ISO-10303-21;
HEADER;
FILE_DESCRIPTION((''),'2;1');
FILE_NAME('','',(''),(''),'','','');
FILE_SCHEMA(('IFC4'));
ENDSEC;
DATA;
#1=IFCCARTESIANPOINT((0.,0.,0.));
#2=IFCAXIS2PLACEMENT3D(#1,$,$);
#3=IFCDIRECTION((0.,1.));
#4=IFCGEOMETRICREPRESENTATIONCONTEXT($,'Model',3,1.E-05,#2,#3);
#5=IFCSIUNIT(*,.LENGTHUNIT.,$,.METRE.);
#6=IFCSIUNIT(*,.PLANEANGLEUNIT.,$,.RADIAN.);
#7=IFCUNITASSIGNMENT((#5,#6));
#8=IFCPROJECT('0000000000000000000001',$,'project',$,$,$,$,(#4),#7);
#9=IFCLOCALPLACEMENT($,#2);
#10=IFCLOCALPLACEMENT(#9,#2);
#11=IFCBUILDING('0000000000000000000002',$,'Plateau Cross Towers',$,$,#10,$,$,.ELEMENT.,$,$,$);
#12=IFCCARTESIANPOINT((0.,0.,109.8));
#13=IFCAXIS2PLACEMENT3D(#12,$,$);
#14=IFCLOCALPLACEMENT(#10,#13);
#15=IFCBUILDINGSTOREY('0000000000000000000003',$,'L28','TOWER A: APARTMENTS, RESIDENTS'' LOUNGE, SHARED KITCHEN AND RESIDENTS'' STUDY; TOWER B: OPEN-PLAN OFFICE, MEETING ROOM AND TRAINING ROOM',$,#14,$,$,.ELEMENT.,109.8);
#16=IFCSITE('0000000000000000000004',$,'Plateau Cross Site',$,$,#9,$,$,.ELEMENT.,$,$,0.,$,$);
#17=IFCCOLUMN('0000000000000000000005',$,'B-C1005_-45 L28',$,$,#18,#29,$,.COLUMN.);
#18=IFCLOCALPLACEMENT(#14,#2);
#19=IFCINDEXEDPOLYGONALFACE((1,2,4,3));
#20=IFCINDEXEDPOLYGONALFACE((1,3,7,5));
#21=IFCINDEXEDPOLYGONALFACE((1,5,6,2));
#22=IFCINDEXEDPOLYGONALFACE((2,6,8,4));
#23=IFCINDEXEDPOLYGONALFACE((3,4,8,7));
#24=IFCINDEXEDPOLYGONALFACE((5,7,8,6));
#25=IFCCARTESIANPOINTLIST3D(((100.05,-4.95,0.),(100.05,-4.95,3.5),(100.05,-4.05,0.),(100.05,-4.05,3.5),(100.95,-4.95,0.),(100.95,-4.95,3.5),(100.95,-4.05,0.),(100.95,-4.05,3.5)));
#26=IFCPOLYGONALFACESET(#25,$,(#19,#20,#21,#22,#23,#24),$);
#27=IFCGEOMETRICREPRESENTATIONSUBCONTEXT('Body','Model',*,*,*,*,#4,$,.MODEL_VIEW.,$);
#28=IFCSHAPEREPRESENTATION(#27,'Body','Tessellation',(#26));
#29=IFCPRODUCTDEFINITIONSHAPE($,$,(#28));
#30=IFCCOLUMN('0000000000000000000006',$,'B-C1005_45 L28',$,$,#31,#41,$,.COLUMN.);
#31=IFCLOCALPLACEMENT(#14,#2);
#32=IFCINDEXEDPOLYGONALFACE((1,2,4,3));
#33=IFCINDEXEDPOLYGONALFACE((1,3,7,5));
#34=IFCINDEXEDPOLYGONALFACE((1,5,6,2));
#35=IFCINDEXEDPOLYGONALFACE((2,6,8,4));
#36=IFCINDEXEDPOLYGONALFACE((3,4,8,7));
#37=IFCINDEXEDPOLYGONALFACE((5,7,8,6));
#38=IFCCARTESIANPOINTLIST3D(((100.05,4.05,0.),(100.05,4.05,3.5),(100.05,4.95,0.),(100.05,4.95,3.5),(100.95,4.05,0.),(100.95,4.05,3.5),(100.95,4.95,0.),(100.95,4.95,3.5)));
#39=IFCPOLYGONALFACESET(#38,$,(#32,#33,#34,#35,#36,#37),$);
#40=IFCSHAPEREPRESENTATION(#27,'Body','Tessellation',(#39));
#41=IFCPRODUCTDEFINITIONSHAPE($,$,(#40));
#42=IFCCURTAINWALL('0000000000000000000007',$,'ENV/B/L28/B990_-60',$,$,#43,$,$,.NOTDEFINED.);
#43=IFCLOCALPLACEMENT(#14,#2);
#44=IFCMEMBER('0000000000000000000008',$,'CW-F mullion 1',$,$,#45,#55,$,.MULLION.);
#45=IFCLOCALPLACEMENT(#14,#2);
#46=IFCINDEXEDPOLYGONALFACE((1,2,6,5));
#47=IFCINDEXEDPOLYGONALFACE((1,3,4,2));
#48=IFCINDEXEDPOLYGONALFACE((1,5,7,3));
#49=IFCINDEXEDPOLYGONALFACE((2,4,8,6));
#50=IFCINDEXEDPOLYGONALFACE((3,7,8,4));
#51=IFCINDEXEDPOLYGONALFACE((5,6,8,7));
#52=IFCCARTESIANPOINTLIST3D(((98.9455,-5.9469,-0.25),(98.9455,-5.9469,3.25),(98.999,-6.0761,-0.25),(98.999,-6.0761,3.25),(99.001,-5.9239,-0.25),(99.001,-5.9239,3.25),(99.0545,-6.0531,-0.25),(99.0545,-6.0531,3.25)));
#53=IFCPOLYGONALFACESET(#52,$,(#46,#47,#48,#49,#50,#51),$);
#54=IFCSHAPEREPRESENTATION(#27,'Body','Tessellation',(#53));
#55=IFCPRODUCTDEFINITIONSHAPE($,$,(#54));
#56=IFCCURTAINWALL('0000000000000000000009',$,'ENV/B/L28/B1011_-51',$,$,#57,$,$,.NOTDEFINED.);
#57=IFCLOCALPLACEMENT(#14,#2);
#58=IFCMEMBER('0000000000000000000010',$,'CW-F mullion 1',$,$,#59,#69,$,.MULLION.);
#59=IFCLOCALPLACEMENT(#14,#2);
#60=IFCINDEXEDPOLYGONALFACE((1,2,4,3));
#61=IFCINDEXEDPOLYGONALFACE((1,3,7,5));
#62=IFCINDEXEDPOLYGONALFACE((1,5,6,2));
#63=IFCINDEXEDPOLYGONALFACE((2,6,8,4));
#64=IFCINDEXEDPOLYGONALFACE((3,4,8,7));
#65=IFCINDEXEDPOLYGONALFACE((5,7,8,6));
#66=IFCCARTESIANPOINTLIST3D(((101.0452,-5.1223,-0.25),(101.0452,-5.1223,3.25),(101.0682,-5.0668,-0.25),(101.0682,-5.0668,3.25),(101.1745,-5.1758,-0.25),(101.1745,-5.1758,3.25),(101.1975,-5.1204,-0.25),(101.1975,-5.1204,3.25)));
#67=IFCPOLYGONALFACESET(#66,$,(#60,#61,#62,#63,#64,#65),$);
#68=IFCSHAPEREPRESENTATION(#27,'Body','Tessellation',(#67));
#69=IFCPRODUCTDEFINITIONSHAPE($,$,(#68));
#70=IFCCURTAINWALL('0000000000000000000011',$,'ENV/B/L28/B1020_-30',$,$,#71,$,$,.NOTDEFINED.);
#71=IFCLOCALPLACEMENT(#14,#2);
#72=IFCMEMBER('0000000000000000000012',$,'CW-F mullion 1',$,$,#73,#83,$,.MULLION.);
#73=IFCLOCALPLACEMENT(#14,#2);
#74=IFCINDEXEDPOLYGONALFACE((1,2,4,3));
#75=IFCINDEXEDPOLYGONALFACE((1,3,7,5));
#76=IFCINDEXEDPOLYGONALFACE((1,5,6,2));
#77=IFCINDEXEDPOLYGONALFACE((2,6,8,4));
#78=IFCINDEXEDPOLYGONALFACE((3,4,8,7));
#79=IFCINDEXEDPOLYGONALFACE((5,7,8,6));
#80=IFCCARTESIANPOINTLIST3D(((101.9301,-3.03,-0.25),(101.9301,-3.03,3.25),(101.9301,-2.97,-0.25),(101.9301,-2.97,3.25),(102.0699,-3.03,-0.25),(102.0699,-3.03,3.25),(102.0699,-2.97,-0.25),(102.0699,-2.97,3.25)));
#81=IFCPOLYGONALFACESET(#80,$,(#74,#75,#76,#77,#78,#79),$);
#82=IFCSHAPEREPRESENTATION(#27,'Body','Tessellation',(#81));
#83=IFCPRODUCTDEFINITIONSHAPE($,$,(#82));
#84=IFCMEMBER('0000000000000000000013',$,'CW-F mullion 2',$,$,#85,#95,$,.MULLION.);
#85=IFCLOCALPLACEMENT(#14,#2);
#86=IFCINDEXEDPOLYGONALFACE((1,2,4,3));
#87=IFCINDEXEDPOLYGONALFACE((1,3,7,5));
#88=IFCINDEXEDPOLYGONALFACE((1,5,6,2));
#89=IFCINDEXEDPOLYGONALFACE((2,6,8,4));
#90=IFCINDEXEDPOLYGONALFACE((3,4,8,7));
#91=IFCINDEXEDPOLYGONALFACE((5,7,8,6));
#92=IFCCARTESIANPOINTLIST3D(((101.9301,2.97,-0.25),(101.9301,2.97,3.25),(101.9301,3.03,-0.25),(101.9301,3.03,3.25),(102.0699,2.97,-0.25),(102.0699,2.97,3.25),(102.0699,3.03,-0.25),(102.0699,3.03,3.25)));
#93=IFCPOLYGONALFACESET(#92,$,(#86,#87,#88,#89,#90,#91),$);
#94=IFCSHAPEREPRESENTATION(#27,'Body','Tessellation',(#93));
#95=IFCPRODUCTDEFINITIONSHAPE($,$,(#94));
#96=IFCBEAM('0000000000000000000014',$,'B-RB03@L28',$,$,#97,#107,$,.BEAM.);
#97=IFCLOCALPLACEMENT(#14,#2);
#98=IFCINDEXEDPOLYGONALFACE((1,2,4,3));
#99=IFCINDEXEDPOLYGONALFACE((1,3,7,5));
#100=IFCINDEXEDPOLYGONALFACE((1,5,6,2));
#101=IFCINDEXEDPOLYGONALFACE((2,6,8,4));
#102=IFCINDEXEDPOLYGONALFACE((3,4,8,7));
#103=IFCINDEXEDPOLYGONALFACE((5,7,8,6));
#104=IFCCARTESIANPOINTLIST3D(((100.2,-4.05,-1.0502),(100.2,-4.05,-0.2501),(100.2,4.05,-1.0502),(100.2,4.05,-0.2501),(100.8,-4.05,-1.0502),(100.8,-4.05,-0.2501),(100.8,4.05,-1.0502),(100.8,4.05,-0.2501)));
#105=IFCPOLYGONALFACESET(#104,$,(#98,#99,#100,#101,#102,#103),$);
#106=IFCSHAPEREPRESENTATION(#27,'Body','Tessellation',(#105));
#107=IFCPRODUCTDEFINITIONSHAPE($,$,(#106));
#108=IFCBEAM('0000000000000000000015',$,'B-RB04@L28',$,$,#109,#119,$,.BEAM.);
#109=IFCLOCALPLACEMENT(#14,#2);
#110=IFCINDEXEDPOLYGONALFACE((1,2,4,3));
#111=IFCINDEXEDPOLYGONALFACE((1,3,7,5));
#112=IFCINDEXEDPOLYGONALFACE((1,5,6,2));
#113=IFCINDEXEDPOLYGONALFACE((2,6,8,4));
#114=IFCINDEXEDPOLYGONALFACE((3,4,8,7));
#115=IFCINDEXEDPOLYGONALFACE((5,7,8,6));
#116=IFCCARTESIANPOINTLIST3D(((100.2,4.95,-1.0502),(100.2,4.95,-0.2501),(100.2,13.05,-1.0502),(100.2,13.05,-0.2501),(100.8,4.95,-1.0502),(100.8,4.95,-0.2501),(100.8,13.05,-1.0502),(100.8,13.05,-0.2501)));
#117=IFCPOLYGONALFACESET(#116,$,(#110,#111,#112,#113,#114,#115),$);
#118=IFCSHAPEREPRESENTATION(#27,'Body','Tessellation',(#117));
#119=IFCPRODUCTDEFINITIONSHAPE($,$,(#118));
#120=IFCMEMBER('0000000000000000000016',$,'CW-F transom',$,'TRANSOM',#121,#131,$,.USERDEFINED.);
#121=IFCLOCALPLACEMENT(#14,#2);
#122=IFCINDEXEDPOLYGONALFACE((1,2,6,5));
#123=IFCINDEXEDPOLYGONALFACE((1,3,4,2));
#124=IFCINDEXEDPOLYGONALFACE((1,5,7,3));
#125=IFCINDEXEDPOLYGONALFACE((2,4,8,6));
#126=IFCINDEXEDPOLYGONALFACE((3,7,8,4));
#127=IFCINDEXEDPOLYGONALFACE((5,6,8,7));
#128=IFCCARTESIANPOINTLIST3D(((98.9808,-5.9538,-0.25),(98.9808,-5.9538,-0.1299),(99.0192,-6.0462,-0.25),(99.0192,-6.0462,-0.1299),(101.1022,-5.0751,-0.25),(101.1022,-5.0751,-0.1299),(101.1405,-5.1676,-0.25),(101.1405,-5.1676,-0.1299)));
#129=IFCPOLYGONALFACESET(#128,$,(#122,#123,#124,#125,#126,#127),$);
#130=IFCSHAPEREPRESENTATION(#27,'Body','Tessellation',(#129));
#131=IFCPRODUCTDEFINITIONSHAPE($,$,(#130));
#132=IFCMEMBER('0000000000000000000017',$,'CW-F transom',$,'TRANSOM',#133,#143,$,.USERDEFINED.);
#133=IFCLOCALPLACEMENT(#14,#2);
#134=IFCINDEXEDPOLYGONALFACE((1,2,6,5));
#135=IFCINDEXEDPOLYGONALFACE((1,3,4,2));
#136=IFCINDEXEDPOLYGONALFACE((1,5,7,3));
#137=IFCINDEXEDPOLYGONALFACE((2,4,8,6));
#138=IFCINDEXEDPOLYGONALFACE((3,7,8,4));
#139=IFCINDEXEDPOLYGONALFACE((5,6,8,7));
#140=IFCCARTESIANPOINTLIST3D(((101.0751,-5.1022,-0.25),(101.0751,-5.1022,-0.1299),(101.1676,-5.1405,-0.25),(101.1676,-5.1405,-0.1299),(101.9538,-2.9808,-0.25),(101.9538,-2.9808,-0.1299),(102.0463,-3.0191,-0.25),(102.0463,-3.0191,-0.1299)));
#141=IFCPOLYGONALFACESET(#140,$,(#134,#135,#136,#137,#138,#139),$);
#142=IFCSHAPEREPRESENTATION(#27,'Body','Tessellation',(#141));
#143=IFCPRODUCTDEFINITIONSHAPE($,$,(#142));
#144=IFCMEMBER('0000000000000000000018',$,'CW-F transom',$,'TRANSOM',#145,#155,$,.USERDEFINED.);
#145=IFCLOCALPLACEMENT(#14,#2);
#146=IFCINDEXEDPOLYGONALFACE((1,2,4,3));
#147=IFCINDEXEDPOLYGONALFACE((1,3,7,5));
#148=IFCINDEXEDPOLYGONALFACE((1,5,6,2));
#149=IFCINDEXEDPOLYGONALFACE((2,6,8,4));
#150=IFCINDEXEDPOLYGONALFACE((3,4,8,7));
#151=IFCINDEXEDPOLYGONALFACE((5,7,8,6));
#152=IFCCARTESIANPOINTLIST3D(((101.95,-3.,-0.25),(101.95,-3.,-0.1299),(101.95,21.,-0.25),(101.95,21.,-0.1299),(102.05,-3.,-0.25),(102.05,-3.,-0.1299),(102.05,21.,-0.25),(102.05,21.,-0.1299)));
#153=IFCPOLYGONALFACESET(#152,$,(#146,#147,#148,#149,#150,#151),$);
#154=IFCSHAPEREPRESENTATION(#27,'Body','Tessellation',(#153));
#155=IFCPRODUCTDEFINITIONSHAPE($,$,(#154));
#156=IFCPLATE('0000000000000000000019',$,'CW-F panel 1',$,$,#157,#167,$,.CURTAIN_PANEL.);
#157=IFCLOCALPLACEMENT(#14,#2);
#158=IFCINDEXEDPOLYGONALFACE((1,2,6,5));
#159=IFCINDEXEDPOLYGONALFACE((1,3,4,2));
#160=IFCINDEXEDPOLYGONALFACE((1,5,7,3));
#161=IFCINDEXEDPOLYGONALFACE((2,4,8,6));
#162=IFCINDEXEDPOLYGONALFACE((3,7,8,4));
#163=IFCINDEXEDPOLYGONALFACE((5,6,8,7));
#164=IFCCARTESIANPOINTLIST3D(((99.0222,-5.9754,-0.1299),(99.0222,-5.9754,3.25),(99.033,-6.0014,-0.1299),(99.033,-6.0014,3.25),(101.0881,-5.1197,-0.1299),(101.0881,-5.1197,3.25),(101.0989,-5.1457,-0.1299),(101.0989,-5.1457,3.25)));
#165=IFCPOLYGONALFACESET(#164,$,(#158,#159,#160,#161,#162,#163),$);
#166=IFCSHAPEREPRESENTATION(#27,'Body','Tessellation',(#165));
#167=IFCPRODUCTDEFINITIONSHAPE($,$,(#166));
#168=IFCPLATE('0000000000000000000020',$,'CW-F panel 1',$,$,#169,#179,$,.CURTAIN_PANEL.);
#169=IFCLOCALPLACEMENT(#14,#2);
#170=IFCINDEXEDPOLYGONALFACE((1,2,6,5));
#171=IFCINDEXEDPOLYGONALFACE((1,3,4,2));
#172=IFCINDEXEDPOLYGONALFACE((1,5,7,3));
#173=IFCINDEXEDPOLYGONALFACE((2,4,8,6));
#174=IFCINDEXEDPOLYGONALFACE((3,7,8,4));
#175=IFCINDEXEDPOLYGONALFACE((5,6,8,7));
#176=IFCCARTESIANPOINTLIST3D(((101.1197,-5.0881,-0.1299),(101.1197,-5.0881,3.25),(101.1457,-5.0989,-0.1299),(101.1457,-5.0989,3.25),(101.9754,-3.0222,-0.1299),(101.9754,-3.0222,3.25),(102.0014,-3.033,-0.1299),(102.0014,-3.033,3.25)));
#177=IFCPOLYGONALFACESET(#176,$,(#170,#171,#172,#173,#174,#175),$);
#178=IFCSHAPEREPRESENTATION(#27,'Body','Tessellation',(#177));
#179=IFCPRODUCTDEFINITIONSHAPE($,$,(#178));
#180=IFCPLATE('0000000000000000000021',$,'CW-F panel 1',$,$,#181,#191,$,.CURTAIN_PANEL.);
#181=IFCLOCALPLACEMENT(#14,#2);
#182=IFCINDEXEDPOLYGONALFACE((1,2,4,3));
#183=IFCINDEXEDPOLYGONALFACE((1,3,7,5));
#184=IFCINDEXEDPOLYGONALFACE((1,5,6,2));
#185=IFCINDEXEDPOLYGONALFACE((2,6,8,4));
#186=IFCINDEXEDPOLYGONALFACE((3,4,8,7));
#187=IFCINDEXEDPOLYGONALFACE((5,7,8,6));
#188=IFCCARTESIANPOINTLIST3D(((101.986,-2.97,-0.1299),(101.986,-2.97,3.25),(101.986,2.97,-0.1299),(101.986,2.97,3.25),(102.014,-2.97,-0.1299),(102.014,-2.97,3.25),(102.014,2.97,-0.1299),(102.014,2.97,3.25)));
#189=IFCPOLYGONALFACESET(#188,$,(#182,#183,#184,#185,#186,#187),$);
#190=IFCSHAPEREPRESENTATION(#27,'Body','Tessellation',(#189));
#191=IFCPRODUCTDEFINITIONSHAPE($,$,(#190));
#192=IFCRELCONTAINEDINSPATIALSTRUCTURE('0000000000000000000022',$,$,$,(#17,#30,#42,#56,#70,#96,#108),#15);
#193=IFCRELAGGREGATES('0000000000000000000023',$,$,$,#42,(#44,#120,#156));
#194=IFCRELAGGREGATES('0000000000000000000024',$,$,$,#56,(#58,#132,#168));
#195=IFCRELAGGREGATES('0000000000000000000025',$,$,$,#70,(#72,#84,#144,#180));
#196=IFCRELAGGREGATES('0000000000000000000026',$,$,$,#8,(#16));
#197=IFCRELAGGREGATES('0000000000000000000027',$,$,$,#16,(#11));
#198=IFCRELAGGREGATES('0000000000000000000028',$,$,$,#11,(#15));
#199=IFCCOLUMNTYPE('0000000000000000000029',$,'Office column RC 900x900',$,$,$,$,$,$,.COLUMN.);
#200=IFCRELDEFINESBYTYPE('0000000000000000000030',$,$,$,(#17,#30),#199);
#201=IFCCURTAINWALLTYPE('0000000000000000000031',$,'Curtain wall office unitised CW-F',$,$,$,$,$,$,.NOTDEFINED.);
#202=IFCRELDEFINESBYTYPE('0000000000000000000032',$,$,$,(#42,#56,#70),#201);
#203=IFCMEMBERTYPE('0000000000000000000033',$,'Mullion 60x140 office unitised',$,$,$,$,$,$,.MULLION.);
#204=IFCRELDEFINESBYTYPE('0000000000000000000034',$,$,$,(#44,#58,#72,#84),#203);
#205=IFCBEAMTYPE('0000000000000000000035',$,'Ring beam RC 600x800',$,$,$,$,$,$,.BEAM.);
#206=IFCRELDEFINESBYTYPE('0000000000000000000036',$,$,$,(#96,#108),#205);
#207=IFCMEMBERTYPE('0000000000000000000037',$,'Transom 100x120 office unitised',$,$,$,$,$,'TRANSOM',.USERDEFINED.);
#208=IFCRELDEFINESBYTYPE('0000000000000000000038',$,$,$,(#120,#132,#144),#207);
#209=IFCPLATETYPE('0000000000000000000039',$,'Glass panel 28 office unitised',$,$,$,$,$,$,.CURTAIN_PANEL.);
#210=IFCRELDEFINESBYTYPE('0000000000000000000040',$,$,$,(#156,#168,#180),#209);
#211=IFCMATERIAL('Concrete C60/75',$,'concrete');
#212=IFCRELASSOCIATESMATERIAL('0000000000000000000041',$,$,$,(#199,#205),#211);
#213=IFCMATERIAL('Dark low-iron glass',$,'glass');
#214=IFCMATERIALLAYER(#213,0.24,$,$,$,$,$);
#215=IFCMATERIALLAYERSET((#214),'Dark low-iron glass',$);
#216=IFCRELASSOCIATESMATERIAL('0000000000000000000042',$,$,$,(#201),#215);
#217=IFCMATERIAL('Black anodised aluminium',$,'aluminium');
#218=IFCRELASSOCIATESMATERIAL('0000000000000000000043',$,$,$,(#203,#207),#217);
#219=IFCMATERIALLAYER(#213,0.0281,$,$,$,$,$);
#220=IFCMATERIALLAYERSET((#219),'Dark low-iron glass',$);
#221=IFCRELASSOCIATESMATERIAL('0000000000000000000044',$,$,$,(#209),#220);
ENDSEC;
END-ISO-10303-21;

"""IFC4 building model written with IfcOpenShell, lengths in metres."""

from ifc_helpers import new_model, si_unit, direction, frame, origin, origin_2d, place, context, subcontext, project, spatial, rectangle, extrude, material, layer, layer_set, material_profile, profile_set, type_object, element, aggregate, save


model = new_model("IFC4")

# Units and contexts
model_context = context("Model", 3, precision=1e-05, world=origin(), true_north=direction((0.0, 1.0)))
body_context = subcontext(model_context, "Body", "Model", "MODEL_VIEW")
ifc_project = project(units=[si_unit("LENGTHUNIT", "METRE"), si_unit("PLANEANGLEUNIT", "RADIAN")], contexts=[model_context])

# Site, building, storey
site_placement = place(None, origin())
site = spatial("IfcSite", under=ifc_project, at=site_placement, Name="Plateau Cross Site", CompositionType="ELEMENT", RefElevation=0.0)
building_placement = place(site_placement, origin())
building = spatial("IfcBuilding", under=site, at=building_placement, Name="Plateau Cross Towers", CompositionType="ELEMENT")
storey_placement = place(building_placement, frame((0.0, 0.0, 109.8)))
storey = spatial("IfcBuildingStorey", under=building, at=storey_placement, Name="L28", Description="TOWER A: APARTMENTS, RESIDENTS' LOUNGE, SHARED KITCHEN AND RESIDENTS' STUDY; TOWER B: OPEN-PLAN OFFICE, MEETING ROOM AND TRAINING ROOM", CompositionType="ELEMENT", Elevation=109.8)

# Columns
ifc_material_1 = material(Name="Concrete C60/75", Category="concrete")
ifc_material_profile_1 = material_profile(ifc_material_1, rectangle(XDim=0.8999, YDim=0.8999, at=origin_2d()), Name="RC 900x900")
ifc_profile_set_1 = profile_set([ifc_material_profile_1], Name="Concrete C60/75")
column_type = type_object("IfcColumnType", Name="Office column RC 900x900", PredefinedType="COLUMN", material=ifc_profile_set_1)
for number, where, z_axis, x_axis, name in (
    (1, (100.5, -4.5, 0.0), (0.0, 0.0, 1.0), (1.0, 0.0, 0.0), "B-C1005_-45 L28"),
    (2, (100.5, 4.5, 0.0), (0.0, 0.0, 1.0), (1.0, 0.0, 0.0), "B-C1005_45 L28"),
):
    element("IfcColumn", number, at=place(storey_placement, frame(where, z_axis=z_axis, x_axis=x_axis)), inside=storey, type_object=column_type, Name=name, PredefinedType="COLUMN", context=body_context, shape_type="SweptSolid", body=[
        extrude(rectangle(XDim=0.8999, YDim=0.8999, at=origin_2d()), origin(), (0.0, 0.0, 1.0), 3.5),
    ])

# Curtain walls, members
ifc_material_2 = material(Name="Dark low-iron glass", Category="glass")
ifc_layer_1 = layer(ifc_material_2, 0.24)
ifc_layer_set_1 = layer_set([ifc_layer_1], Name="Dark low-iron glass")
curtain_wall_type = type_object("IfcCurtainWallType", Name="Curtain wall office unitised CW-F", PredefinedType="NOTDEFINED", material=ifc_layer_set_1)
curtain_wall_1_placement = place(storey_placement, origin())
curtain_wall_1 = element("IfcCurtainWall", 3, at=curtain_wall_1_placement, inside=storey, type_object=curtain_wall_type, Name="ENV/B/L28/B990_-60", PredefinedType="NOTDEFINED")
ifc_material_3 = material(Name="Black anodised aluminium", Category="aluminium")
ifc_material_profile_2 = material_profile(ifc_material_3, rectangle(XDim=0.0601, YDim=0.1399, at=origin_2d()), Name="MULLION 60x140")
ifc_profile_set_2 = profile_set([ifc_material_profile_2], Name="Black anodised aluminium")
member_type_1 = type_object("IfcMemberType", Name="Mullion 60x140 office unitised", PredefinedType="MULLION", material=ifc_profile_set_2)
member_1_placement = place(storey_placement, frame((99.0, -6.0, -0.25), z_axis=(0.0, 0.0, 1.0), x_axis=(0.923879, 0.382684, 0.0)))
member_1 = element("IfcMember", 4, at=member_1_placement, type_object=member_type_1, Name="CW-F mullion 1", PredefinedType="MULLION", context=body_context, shape_type="SweptSolid", body=[
    extrude(rectangle(XDim=0.0601, YDim=0.1399, at=origin_2d()), origin(), (0.0, 0.0, 1.0), 3.5),
])
curtain_wall_2_placement = place(storey_placement, origin())
curtain_wall_2 = element("IfcCurtainWall", 5, at=curtain_wall_2_placement, inside=storey, type_object=curtain_wall_type, Name="ENV/B/L28/B1011_-51", PredefinedType="NOTDEFINED")
member_2_placement = place(storey_placement, frame((101.1213, -5.1213, -0.25), z_axis=(0.0, 0.0, 1.0), x_axis=(0.382684, 0.923879, 0.0)))
member_2 = element("IfcMember", 6, at=member_2_placement, type_object=member_type_1, Name="CW-F mullion 1", PredefinedType="MULLION", context=body_context, shape_type="SweptSolid", body=[
    extrude(rectangle(XDim=0.0601, YDim=0.1399, at=origin_2d()), origin(), (0.0, 0.0, 1.0), 3.5),
])

# Curtain wall, members
curtain_wall_3_placement = place(storey_placement, origin())
curtain_wall_3 = element("IfcCurtainWall", 7, at=curtain_wall_3_placement, inside=storey, type_object=curtain_wall_type, Name="ENV/B/L28/B1020_-30", PredefinedType="NOTDEFINED")
member_3_placement = place(storey_placement, frame((102.0, -3.0, -0.25), z_axis=(0.0, 0.0, 1.0), x_axis=(0.0, 1.0, 0.0)))
member_3 = element("IfcMember", 8, at=member_3_placement, type_object=member_type_1, Name="CW-F mullion 1", PredefinedType="MULLION", context=body_context, shape_type="SweptSolid", body=[
    extrude(rectangle(XDim=0.0601, YDim=0.1399, at=origin_2d()), origin(), (0.0, 0.0, 1.0), 3.5),
])
member_4_placement = place(storey_placement, frame((102.0, 3.0, -0.25), z_axis=(0.0, 0.0, 1.0), x_axis=(0.0, 1.0, 0.0)))
member_4 = element("IfcMember", 9, at=member_4_placement, type_object=member_type_1, Name="CW-F mullion 2", PredefinedType="MULLION", context=body_context, shape_type="SweptSolid", body=[
    extrude(rectangle(XDim=0.0601, YDim=0.1399, at=origin_2d()), origin(), (0.0, 0.0, 1.0), 3.5),
])

# Beams
ifc_material_profile_3 = material_profile(ifc_material_1, rectangle(XDim=0.6001, YDim=0.8, at=origin_2d()), Name="RC 600x800")
ifc_profile_set_3 = profile_set([ifc_material_profile_3], Name="Concrete C60/75")
beam_type = type_object("IfcBeamType", Name="Ring beam RC 600x800", PredefinedType="BEAM", material=ifc_profile_set_3)
for number, where, z_axis, x_axis, name in (
    (10, (100.5, -4.05, -0.6501), (0.0, 1.0, 0.0), (-1.0, 0.0, 0.0), "B-RB03@L28"),
    (11, (100.5, 4.95, -0.6501), (0.0, 1.0, 0.0), (-1.0, 0.0, 0.0), "B-RB04@L28"),
):
    element("IfcBeam", number, at=place(storey_placement, frame(where, z_axis=z_axis, x_axis=x_axis)), inside=storey, type_object=beam_type, Name=name, PredefinedType="BEAM", context=body_context, shape_type="SweptSolid", body=[
        extrude(rectangle(XDim=0.6001, YDim=0.8, at=origin_2d()), origin(), (0.0, 0.0, 1.0), 8.1001),
    ])

# Members
ifc_material_profile_4 = material_profile(ifc_material_3, rectangle(XDim=0.1001, YDim=0.1201, at=origin_2d()), Name="TRANSOM 100x120")
ifc_profile_set_4 = profile_set([ifc_material_profile_4], Name="Black anodised aluminium")
member_type_2 = type_object("IfcMemberType", Name="Transom 100x120 office unitised", ElementType="TRANSOM", PredefinedType="USERDEFINED", material=ifc_profile_set_4)
member_5_placement = place(storey_placement, frame((99.0, -6.0, -0.1899), z_axis=(0.923883, 0.382674, 0.0), x_axis=(-0.382674, 0.923883, 0.0)))
member_5 = element("IfcMember", 12, at=member_5_placement, type_object=member_type_2, Name="CW-F transom", ObjectType="TRANSOM", PredefinedType="USERDEFINED", context=body_context, shape_type="SweptSolid", body=[
    extrude(rectangle(XDim=0.1001, YDim=0.1201, at=origin_2d()), origin(), (0.0, 0.0, 1.0), 2.2961),
])
member_6_placement = place(storey_placement, frame((101.1213, -5.1213, -0.1899), z_axis=(0.382674, 0.923883, 0.0), x_axis=(-0.923883, 0.382674, 0.0)))
member_6 = element("IfcMember", 13, at=member_6_placement, type_object=member_type_2, Name="CW-F transom", ObjectType="TRANSOM", PredefinedType="USERDEFINED", context=body_context, shape_type="SweptSolid", body=[
    extrude(rectangle(XDim=0.1001, YDim=0.1201, at=origin_2d()), origin(), (0.0, 0.0, 1.0), 2.2961),
])
member_7_placement = place(storey_placement, frame((102.0, -3.0, -0.1899), z_axis=(0.0, 1.0, 0.0), x_axis=(-1.0, 0.0, 0.0)))
member_7 = element("IfcMember", 14, at=member_7_placement, type_object=member_type_2, Name="CW-F transom", ObjectType="TRANSOM", PredefinedType="USERDEFINED", context=body_context, shape_type="SweptSolid", body=[
    extrude(rectangle(XDim=0.1001, YDim=0.1201, at=origin_2d()), origin(), (0.0, 0.0, 1.0), 24.0),
])

# Plates
ifc_layer_2 = layer(ifc_material_2, 0.0281)
ifc_layer_set_2 = layer_set([ifc_layer_2], Name="Dark low-iron glass")
plate_type = type_object("IfcPlateType", Name="Glass panel 28 office unitised", PredefinedType="CURTAIN_PANEL", material=ifc_layer_set_2)
plate_1_placement = place(storey_placement, frame((100.0605, -5.5605, -0.1299), z_axis=(0.0, 0.0, 1.0), x_axis=(0.923879, 0.382684, 0.0)))
plate_1 = element("IfcPlate", 15, at=plate_1_placement, type_object=plate_type, Name="CW-F panel 1", PredefinedType="CURTAIN_PANEL", context=body_context, shape_type="SweptSolid", body=[
    extrude(rectangle(XDim=2.2361, YDim=0.0281, at=origin_2d()), origin(), (0.0, 0.0, 1.0), 3.3799),
])
aggregate(curtain_wall_1, [member_1, member_5, plate_1])
plate_2_placement = place(storey_placement, frame((101.5605, -4.0605, -0.1299), z_axis=(0.0, 0.0, 1.0), x_axis=(0.382684, 0.923879, 0.0)))
plate_2 = element("IfcPlate", 16, at=plate_2_placement, type_object=plate_type, Name="CW-F panel 1", PredefinedType="CURTAIN_PANEL", context=body_context, shape_type="SweptSolid", body=[
    extrude(rectangle(XDim=2.2361, YDim=0.0281, at=origin_2d()), origin(), (0.0, 0.0, 1.0), 3.3799),
])
aggregate(curtain_wall_2, [member_2, member_6, plate_2])
plate_3_placement = place(storey_placement, frame((102.0, 0.0, -0.1299), z_axis=(0.0, 0.0, 1.0), x_axis=(0.0, 1.0, 0.0)))
plate_3 = element("IfcPlate", 17, at=plate_3_placement, type_object=plate_type, Name="CW-F panel 1", PredefinedType="CURTAIN_PANEL", context=body_context, shape_type="SweptSolid", body=[
    extrude(rectangle(XDim=5.9399, YDim=0.0281, at=origin_2d()), origin(), (0.0, 0.0, 1.0), 3.3799),
])
aggregate(curtain_wall_3, [member_3, member_4, member_7, plate_3])

save(model, "model.ifc")
